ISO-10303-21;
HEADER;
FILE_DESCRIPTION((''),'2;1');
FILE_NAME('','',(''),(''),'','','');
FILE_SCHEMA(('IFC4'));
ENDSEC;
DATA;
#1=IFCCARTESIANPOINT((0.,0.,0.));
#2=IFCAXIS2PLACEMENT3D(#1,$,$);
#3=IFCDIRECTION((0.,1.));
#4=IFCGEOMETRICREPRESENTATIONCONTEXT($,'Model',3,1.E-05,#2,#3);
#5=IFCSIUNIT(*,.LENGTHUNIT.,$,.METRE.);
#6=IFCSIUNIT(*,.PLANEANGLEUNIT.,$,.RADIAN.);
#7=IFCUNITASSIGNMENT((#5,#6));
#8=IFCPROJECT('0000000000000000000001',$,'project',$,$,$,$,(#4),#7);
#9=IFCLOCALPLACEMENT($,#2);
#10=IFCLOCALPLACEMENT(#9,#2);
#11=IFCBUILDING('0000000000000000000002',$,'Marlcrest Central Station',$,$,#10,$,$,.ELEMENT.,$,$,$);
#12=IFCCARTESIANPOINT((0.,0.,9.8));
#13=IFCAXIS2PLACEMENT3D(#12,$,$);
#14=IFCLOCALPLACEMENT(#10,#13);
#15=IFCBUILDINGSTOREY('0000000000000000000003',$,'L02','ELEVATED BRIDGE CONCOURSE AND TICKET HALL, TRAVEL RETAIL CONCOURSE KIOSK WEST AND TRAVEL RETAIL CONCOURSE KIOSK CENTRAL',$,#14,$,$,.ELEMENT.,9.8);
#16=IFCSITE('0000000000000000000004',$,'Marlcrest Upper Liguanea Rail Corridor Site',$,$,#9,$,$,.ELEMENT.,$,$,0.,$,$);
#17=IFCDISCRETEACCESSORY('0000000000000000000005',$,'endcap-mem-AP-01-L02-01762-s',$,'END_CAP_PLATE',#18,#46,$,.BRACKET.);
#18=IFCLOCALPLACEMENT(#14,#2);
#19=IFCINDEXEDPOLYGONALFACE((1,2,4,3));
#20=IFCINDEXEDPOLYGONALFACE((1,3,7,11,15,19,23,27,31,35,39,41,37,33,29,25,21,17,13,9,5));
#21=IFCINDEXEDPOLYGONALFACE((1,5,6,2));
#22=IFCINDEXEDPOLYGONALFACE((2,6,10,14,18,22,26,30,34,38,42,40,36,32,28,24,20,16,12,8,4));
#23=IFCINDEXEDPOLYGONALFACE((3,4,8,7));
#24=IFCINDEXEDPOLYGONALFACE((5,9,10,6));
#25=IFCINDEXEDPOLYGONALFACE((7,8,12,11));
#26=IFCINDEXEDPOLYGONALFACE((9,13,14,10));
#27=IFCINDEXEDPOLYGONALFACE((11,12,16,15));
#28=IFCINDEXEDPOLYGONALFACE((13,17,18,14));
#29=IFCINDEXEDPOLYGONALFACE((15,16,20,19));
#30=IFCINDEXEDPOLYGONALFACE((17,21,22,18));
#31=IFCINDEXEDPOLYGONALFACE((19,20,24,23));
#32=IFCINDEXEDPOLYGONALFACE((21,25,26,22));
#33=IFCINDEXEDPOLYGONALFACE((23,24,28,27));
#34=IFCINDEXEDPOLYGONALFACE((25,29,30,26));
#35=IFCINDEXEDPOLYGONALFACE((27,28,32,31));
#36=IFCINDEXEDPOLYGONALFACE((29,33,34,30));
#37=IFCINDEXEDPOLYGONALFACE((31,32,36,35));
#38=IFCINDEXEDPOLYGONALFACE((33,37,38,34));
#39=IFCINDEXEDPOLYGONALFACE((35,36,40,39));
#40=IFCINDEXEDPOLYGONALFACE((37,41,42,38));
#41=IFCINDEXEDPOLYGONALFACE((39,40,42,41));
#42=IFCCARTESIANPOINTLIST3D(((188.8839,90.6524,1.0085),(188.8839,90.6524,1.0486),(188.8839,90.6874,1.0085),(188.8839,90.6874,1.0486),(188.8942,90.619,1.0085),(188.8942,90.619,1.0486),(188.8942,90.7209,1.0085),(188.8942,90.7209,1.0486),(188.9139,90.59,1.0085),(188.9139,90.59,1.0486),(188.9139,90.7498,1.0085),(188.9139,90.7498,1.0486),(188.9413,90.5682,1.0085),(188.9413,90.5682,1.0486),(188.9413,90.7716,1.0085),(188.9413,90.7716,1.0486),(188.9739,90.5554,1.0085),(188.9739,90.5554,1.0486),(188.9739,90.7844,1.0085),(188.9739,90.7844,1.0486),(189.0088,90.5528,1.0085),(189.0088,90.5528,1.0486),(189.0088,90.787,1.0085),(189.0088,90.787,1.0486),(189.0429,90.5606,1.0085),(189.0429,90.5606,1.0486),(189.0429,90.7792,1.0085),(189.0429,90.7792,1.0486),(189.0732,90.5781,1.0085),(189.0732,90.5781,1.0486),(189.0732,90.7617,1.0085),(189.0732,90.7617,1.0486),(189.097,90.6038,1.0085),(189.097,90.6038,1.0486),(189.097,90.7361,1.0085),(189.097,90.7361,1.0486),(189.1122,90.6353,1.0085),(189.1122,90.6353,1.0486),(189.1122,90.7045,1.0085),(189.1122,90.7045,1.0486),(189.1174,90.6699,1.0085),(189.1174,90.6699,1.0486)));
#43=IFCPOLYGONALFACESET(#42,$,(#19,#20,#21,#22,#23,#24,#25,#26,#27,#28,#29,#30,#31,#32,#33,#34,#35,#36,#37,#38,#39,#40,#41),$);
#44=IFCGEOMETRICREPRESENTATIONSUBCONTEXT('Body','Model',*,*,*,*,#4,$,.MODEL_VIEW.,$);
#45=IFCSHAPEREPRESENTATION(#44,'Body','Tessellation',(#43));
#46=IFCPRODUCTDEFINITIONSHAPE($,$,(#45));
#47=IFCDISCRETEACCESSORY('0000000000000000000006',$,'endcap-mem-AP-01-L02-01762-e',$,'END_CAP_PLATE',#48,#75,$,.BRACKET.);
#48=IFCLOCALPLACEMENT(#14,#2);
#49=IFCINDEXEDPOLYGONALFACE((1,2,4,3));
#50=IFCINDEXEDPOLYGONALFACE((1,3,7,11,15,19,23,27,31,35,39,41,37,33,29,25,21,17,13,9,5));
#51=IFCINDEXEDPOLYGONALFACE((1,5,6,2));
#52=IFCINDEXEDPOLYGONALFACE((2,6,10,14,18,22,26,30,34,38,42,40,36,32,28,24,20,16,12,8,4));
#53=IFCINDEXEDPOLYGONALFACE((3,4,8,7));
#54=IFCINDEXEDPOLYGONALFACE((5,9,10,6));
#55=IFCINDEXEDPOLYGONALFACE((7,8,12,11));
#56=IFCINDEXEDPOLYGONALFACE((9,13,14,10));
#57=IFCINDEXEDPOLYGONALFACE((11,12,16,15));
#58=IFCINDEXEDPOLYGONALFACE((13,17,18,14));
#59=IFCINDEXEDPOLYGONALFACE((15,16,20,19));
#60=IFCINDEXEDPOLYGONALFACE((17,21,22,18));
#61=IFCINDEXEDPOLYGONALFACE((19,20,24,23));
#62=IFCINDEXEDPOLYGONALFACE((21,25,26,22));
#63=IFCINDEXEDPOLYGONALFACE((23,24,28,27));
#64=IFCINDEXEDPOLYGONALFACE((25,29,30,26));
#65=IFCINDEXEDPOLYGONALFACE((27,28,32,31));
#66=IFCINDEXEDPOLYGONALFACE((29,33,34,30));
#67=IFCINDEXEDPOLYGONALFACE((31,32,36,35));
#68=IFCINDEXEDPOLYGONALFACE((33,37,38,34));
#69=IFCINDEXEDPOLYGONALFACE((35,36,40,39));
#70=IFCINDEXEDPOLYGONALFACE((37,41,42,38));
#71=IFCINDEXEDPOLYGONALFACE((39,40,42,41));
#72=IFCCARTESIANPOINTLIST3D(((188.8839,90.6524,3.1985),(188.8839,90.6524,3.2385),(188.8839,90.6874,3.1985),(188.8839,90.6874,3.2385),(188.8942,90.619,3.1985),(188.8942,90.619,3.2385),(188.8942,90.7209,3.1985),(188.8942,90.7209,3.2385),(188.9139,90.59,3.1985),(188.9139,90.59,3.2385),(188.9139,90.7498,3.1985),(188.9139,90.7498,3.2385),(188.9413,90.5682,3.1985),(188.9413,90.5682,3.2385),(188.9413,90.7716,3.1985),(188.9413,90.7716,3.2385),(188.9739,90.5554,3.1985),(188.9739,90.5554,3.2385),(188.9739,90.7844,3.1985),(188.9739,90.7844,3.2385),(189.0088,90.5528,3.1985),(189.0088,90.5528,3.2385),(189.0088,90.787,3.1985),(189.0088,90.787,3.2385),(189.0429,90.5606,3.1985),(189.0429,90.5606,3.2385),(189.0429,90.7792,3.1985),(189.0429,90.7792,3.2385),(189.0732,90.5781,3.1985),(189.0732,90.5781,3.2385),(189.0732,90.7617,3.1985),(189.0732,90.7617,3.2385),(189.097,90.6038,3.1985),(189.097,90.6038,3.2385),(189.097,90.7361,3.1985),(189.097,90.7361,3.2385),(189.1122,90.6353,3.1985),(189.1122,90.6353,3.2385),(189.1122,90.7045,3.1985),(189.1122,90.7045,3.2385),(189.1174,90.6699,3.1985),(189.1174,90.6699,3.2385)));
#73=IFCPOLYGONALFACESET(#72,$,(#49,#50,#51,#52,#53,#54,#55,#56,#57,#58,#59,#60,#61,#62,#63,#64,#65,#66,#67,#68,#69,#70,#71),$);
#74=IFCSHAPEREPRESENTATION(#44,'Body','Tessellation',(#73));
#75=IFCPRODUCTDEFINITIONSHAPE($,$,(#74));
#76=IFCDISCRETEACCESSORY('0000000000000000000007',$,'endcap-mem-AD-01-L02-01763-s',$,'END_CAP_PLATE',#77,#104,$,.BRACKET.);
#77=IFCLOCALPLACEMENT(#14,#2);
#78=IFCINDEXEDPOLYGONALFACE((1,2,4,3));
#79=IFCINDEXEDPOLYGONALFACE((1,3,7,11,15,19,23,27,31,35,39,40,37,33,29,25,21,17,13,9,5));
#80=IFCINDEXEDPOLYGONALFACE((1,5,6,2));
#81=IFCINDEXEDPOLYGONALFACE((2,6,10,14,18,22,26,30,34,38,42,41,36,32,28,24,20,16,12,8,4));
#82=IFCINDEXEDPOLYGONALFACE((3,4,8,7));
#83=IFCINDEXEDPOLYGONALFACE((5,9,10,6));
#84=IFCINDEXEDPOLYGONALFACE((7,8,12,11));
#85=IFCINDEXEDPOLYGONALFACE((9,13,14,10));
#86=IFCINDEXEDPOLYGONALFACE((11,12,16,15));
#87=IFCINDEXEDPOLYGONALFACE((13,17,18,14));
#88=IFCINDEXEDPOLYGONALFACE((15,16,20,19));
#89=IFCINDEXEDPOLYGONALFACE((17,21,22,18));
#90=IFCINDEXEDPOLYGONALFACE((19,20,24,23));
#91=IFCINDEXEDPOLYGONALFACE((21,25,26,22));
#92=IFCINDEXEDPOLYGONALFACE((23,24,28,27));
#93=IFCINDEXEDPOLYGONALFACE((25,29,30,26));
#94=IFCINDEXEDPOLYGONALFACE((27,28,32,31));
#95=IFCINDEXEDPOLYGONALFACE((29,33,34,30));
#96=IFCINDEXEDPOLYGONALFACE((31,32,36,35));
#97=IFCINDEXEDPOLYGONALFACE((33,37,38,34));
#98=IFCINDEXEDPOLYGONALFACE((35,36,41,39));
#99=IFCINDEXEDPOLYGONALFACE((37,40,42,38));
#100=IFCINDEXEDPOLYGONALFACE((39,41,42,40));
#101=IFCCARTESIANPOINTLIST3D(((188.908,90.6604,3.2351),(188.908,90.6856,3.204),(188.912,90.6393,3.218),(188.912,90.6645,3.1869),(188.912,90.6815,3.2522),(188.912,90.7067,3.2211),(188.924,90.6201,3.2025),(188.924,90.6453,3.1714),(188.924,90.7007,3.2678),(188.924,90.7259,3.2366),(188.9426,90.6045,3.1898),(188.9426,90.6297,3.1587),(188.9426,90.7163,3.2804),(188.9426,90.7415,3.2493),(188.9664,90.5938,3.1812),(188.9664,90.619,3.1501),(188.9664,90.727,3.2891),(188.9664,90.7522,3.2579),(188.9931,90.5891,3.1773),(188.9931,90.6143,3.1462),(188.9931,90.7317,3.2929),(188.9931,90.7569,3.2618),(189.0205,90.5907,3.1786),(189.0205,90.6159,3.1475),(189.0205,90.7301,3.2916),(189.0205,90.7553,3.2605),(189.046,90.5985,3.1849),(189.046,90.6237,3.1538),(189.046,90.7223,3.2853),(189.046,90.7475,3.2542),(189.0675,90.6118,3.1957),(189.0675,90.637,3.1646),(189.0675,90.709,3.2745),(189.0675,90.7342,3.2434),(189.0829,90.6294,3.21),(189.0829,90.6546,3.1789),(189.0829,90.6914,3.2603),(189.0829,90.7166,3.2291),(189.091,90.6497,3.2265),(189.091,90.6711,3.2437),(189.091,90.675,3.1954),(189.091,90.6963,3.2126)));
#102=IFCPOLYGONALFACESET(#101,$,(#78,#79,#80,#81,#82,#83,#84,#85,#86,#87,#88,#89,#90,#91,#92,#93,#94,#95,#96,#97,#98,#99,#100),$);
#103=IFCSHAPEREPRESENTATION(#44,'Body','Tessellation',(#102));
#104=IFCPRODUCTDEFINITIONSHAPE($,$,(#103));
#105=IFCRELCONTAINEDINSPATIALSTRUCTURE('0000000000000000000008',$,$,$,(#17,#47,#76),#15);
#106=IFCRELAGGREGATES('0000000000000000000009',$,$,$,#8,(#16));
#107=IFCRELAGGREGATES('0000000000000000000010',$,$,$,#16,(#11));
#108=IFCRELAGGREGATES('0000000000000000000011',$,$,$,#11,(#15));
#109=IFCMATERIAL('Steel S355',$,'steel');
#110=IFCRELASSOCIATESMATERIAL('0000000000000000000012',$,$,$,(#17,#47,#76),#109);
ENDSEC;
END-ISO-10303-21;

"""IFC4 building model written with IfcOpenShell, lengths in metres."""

from ifc_helpers import new_model, si_unit, direction, frame, origin, origin_2d, place, context, subcontext, project, spatial, circle, extrude, material, element, save


model = new_model("IFC4")

# Units and contexts
model_context = context("Model", 3, precision=1e-05, world=origin(), true_north=direction((0.0, 1.0)))
body_context = subcontext(model_context, "Body", "Model", "MODEL_VIEW")
ifc_project = project(units=[si_unit("LENGTHUNIT", "METRE"), si_unit("PLANEANGLEUNIT", "RADIAN")], contexts=[model_context])

# Site, building, storey
site_placement = place(None, origin())
site = spatial("IfcSite", under=ifc_project, at=site_placement, Name="Marlcrest Upper Liguanea Rail Corridor Site", CompositionType="ELEMENT", RefElevation=0.0)
building_placement = place(site_placement, origin())
building = spatial("IfcBuilding", under=site, at=building_placement, Name="Marlcrest Central Station", CompositionType="ELEMENT")
storey_placement = place(building_placement, frame((0.0, 0.0, 9.8)))
storey = spatial("IfcBuildingStorey", under=building, at=storey_placement, Name="L02", Description="ELEVATED BRIDGE CONCOURSE AND TICKET HALL, TRAVEL RETAIL CONCOURSE KIOSK WEST AND TRAVEL RETAIL CONCOURSE KIOSK CENTRAL", CompositionType="ELEMENT", Elevation=9.8)

# Shared definitions
ifc_material_1 = material(Name="Steel S355", Category="steel")

# Discrete accessories
for number, where, z_axis, x_axis, name in (
    (1, (189.0, 90.6699, 1.0085), (0.0, 0.0, 1.0), (1.0, 0.0, 0.0), "endcap-mem-AP-01-L02-01762-s"),
    (2, (189.0, 90.6699, 3.1985), (0.0, 0.0, 1.0), (1.0, 0.0, 0.0), "endcap-mem-AP-01-L02-01762-e"),
):
    element("IfcDiscreteAccessory", number, at=place(storey_placement, frame(where, z_axis=z_axis, x_axis=x_axis)), inside=storey, material=ifc_material_1, Name=name, ObjectType="END_CAP_PLATE", PredefinedType="BRACKET", context=body_context, shape_type="SweptSolid", body=[
        extrude(circle(Radius=0.1174, at=origin_2d()), origin(), (0.0, 0.0, 1.0), 0.04),
    ])
discrete_accessory_1_placement = place(storey_placement, frame((189.0, 90.6604, 3.2351), z_axis=(0.0, 0.629629, -0.776896), x_axis=(-1.0, 0.0, 0.0)))
element("IfcDiscreteAccessory", 3, at=discrete_accessory_1_placement, inside=storey, material=ifc_material_1, Name="endcap-mem-AD-01-L02-01763-s", ObjectType="END_CAP_PLATE", PredefinedType="BRACKET", context=body_context, shape_type="SweptSolid", body=[
    extrude(circle(Radius=0.092, at=origin_2d()), origin(), (0.0, 0.0, 1.0), 0.04),
])

save(model, "model.ifc")
